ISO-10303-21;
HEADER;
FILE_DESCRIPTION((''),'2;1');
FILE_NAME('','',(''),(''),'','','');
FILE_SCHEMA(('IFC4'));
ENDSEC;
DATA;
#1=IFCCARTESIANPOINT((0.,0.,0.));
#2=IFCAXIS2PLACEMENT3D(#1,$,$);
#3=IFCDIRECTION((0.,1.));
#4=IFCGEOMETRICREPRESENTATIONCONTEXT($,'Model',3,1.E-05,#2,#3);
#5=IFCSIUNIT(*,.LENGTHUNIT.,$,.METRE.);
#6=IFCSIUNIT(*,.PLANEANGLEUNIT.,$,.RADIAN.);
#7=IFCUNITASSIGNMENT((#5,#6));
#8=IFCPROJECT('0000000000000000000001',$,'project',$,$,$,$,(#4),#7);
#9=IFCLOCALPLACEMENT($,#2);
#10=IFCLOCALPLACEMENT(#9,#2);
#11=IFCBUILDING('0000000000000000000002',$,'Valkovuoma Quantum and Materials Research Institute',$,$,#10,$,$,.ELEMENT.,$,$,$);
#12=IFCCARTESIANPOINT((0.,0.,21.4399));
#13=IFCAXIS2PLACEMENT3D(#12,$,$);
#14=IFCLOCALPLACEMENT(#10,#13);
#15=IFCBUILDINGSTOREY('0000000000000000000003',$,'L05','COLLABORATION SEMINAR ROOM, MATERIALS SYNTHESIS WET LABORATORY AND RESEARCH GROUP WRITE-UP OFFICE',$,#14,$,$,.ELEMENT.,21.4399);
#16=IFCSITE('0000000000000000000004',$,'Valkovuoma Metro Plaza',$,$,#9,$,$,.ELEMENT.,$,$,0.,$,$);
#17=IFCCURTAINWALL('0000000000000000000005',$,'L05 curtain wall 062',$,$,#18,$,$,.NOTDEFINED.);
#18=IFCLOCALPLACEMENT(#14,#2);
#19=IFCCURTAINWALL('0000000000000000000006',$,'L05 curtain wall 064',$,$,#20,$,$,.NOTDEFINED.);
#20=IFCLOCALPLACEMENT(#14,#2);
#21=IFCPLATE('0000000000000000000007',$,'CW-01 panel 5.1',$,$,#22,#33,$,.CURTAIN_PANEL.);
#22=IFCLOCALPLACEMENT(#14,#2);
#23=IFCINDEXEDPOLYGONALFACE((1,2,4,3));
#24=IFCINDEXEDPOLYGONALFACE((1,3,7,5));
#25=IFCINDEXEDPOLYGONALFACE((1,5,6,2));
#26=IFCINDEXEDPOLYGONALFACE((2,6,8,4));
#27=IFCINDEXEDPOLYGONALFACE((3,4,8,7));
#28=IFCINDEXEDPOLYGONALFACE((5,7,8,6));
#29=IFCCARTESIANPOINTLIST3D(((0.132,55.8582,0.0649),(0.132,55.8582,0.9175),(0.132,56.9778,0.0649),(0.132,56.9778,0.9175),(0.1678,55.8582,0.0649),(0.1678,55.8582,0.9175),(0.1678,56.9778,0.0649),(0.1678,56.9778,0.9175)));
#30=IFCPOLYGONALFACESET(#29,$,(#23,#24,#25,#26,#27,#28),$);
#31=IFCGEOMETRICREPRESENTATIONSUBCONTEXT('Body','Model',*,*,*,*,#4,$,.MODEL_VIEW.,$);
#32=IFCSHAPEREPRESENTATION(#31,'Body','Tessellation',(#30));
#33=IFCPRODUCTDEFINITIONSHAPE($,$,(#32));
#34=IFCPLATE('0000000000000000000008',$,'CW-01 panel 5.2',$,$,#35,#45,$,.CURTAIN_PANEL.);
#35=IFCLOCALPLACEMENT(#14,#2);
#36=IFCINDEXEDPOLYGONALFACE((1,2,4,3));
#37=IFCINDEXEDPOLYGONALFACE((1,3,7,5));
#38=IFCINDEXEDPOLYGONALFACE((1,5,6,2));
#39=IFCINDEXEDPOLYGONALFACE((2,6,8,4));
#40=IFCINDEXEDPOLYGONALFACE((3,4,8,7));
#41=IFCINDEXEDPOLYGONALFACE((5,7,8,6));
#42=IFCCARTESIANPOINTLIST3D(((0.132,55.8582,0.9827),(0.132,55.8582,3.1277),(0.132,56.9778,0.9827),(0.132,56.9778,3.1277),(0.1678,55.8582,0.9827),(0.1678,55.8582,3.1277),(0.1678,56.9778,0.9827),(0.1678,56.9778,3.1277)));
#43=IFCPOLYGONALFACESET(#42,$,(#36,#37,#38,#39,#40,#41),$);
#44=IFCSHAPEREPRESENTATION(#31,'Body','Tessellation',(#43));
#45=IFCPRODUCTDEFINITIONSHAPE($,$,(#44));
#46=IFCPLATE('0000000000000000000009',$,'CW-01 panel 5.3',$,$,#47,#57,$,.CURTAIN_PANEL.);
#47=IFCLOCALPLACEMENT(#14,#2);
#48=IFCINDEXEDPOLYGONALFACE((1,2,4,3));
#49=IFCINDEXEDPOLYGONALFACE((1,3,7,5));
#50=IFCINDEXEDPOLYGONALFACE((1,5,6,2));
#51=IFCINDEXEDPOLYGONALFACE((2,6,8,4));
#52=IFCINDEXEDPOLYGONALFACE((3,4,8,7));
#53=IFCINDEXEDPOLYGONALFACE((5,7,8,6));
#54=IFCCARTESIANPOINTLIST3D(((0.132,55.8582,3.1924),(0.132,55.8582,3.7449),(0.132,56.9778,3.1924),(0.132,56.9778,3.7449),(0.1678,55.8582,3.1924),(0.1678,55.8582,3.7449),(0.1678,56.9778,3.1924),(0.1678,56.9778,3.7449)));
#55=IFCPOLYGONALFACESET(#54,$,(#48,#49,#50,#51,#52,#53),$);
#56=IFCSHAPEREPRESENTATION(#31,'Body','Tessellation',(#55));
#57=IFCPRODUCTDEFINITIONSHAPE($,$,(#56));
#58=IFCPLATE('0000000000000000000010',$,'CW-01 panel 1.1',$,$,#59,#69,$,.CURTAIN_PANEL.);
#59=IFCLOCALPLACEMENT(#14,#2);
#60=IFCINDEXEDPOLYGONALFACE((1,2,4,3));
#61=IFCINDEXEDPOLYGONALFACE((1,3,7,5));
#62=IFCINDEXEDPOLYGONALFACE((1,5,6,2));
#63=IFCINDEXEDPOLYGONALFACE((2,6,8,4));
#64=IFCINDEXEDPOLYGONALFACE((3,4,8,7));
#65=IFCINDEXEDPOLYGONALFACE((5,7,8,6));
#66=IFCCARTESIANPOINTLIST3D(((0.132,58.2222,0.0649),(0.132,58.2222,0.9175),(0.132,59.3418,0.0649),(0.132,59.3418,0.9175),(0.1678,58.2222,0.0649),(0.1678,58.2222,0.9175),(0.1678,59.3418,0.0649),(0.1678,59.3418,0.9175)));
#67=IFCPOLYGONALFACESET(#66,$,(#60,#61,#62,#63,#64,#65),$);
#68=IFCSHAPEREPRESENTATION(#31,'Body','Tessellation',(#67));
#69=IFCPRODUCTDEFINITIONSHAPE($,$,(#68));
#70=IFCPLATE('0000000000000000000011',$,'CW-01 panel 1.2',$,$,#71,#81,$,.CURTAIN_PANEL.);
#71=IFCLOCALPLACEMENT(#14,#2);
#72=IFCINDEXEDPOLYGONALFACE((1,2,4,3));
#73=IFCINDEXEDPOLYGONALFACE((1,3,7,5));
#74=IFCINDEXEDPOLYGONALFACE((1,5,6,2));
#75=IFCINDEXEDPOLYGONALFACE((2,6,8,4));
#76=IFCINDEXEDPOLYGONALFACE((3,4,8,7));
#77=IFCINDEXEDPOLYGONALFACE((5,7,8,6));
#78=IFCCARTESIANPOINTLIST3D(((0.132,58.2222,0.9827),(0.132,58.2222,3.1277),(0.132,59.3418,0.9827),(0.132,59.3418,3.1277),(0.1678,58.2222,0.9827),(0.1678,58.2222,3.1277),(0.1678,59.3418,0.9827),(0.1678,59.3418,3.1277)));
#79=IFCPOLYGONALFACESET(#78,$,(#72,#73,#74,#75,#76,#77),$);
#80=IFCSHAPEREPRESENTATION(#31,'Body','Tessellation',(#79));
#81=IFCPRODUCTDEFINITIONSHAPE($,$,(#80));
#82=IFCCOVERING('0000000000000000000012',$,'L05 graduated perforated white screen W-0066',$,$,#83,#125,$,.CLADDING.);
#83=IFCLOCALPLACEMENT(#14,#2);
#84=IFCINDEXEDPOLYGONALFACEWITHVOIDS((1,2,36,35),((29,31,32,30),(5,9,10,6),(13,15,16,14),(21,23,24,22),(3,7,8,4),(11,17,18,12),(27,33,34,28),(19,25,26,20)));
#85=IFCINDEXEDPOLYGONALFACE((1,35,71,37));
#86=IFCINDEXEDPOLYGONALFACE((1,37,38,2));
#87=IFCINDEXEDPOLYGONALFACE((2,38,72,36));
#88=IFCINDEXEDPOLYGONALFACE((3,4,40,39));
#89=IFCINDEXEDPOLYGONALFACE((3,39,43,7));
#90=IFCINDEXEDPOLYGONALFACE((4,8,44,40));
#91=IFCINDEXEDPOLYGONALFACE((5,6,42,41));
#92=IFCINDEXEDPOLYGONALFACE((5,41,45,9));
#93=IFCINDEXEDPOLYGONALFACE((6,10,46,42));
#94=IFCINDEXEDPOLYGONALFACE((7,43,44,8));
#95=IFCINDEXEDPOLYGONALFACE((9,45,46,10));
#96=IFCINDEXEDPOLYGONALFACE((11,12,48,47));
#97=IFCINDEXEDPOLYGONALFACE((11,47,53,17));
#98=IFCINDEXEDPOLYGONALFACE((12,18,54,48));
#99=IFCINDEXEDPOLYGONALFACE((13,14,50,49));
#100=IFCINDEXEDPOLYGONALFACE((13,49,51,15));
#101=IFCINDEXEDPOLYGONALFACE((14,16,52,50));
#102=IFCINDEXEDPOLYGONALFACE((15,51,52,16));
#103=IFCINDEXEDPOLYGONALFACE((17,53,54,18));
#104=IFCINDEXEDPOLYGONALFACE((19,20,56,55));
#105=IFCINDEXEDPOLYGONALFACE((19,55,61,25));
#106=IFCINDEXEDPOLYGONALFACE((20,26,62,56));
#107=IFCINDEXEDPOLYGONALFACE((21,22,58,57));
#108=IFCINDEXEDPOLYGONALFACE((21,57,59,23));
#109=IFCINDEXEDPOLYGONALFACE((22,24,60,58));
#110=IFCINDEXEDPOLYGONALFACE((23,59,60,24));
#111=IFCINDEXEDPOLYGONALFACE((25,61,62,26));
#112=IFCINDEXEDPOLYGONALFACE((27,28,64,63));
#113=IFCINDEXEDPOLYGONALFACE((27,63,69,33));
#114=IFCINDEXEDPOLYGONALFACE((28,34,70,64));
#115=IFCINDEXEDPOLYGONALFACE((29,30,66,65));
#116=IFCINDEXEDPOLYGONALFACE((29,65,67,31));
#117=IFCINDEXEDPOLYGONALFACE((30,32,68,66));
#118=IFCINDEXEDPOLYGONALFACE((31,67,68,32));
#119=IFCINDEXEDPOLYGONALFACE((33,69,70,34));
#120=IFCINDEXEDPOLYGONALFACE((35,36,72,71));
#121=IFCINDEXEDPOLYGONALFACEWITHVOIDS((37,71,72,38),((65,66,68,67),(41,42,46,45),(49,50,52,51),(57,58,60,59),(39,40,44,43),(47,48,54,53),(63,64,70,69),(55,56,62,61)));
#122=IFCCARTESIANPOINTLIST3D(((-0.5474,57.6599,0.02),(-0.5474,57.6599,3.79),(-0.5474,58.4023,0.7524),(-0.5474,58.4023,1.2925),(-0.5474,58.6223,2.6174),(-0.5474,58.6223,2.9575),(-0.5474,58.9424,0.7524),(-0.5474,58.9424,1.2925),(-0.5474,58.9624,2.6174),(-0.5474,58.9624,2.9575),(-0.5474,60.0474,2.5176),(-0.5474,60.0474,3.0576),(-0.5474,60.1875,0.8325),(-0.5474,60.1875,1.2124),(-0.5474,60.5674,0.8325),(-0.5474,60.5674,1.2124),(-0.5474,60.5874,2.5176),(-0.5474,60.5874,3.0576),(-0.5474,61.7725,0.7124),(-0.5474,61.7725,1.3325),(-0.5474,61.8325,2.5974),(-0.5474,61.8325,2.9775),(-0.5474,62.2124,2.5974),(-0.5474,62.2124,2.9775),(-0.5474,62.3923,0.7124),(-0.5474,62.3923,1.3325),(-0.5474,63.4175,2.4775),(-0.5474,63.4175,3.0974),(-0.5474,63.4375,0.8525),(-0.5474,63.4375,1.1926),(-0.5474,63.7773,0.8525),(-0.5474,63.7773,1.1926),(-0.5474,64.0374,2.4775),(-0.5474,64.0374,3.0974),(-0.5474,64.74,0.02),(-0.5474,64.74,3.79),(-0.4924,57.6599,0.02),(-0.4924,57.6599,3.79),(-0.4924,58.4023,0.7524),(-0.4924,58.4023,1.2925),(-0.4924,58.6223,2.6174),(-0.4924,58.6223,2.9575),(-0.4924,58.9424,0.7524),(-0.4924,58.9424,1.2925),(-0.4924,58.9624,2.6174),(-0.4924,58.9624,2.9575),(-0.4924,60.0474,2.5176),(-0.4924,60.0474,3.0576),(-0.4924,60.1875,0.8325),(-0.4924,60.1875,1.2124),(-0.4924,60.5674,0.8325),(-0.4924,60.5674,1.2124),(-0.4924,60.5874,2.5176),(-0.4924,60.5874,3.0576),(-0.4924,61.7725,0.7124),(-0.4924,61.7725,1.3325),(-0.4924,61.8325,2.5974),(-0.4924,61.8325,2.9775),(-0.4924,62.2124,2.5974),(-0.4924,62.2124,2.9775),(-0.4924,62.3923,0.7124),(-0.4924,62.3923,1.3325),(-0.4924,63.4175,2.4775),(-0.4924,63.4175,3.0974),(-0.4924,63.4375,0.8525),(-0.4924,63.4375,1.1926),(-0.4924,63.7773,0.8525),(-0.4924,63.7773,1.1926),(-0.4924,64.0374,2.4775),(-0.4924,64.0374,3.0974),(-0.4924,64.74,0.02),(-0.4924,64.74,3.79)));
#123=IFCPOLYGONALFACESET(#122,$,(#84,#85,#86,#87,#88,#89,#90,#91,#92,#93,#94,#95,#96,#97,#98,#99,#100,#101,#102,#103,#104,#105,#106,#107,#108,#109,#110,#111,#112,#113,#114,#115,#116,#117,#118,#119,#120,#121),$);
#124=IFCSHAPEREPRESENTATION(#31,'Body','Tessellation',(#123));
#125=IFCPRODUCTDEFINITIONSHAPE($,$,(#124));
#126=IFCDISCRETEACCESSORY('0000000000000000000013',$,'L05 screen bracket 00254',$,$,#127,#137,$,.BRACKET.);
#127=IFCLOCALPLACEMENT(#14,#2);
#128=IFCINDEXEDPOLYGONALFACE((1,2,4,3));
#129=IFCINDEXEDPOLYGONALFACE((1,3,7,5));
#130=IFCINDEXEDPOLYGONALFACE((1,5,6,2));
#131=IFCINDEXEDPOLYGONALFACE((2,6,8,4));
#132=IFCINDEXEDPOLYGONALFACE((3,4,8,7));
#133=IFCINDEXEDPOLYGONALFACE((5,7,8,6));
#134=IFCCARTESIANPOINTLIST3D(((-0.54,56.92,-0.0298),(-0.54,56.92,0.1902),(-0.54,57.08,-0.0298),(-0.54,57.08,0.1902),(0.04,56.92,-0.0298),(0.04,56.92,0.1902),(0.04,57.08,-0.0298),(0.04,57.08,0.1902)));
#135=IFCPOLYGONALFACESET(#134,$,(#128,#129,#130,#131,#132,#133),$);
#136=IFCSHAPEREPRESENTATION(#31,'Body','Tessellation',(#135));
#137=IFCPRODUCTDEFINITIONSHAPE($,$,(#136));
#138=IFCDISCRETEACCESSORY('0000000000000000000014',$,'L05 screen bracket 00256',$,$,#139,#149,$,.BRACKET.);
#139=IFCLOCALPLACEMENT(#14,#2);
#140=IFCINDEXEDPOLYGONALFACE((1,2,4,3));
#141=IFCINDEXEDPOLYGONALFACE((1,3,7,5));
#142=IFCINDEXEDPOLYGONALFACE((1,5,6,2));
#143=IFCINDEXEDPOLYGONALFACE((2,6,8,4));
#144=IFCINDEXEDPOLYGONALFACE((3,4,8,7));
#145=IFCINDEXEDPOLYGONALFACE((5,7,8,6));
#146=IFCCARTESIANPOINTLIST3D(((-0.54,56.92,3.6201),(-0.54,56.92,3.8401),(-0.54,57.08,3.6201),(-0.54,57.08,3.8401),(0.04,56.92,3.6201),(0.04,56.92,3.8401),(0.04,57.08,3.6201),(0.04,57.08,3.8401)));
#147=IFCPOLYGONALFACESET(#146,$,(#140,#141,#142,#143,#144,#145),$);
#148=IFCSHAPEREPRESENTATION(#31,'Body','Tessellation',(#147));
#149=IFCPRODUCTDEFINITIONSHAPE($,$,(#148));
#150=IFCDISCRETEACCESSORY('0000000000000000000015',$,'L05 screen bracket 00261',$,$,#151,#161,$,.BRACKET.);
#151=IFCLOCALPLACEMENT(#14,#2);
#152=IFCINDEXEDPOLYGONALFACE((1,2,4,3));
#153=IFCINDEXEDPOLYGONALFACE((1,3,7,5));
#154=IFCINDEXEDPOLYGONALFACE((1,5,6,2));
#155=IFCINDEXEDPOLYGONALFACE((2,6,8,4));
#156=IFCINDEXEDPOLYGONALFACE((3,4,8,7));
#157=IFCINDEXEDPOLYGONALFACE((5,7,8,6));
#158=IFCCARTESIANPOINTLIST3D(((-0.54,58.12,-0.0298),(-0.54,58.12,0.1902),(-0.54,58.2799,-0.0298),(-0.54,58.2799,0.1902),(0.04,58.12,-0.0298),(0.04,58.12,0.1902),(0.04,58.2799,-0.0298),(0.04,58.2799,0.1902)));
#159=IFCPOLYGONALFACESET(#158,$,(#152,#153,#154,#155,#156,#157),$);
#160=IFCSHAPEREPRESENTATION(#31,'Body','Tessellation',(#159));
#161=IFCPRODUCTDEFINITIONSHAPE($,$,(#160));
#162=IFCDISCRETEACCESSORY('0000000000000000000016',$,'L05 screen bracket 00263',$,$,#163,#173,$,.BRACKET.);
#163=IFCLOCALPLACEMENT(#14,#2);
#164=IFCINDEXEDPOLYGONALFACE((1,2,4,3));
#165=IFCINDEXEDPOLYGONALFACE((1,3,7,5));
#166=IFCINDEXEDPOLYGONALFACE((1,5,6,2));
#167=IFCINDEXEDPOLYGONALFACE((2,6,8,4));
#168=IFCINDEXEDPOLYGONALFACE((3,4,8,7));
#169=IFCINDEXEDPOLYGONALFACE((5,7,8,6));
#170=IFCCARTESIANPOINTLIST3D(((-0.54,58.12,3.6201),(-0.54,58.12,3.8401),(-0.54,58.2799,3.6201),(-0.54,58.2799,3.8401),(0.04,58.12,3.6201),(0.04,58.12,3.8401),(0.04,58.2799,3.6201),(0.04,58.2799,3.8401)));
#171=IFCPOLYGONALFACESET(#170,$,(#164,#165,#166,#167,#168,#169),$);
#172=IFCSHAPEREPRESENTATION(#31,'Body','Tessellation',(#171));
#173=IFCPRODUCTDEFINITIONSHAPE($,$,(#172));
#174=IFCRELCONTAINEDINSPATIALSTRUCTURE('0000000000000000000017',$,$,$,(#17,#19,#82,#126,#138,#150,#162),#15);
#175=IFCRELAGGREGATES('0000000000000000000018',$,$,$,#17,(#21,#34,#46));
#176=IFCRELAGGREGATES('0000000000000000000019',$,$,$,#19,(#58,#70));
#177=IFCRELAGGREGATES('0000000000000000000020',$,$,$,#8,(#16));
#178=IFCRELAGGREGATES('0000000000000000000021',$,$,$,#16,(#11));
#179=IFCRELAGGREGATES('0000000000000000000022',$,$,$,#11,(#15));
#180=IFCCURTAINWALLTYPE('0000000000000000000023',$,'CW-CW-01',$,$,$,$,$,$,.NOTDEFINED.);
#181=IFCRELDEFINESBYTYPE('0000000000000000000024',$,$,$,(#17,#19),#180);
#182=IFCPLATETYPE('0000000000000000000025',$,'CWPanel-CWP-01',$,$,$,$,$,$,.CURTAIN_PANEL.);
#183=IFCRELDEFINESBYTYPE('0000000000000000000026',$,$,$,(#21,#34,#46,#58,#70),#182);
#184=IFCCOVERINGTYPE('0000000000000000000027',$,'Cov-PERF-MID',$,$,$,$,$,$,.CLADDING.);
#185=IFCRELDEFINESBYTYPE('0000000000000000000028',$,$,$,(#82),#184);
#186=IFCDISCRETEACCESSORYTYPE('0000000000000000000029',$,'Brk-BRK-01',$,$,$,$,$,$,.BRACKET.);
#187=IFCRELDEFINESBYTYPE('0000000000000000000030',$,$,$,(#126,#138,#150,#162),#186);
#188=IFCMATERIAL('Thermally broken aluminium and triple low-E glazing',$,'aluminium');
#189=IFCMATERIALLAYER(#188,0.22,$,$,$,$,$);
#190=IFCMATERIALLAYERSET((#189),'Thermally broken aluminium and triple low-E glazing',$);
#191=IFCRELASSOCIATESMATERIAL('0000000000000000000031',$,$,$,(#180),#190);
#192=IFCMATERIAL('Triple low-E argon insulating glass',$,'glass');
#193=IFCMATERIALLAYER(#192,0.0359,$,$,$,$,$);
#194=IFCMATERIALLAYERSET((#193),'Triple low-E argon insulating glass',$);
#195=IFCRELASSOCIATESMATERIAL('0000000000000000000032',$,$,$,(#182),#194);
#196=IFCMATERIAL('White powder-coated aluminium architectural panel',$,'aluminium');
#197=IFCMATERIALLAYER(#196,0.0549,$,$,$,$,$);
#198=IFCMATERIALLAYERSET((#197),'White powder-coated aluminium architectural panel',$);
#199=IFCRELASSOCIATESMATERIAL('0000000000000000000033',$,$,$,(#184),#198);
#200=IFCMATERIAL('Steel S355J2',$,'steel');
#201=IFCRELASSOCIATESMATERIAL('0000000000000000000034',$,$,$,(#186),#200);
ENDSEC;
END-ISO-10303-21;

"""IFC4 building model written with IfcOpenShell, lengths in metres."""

from ifc_helpers import new_model, si_unit, direction, frame, origin, origin_2d, place, context, subcontext, project, spatial, polyline, rectangle, outline, extrude, material, layer, layer_set, type_object, element, aggregate, save


model = new_model("IFC4")

# Units and contexts
model_context = context("Model", 3, precision=1e-05, world=origin(), true_north=direction((0.0, 1.0)))
body_context = subcontext(model_context, "Body", "Model", "MODEL_VIEW")
ifc_project = project(units=[si_unit("LENGTHUNIT", "METRE"), si_unit("PLANEANGLEUNIT", "RADIAN")], contexts=[model_context])

# Site, building, storey
site_placement = place(None, origin())
site = spatial("IfcSite", under=ifc_project, at=site_placement, Name="Valkovuoma Metro Plaza", CompositionType="ELEMENT", RefElevation=0.0)
building_placement = place(site_placement, origin())
building = spatial("IfcBuilding", under=site, at=building_placement, Name="Valkovuoma Quantum and Materials Research Institute", CompositionType="ELEMENT")
storey_placement = place(building_placement, frame((0.0, 0.0, 21.4399)))
storey = spatial("IfcBuildingStorey", under=building, at=storey_placement, Name="L05", Description="COLLABORATION SEMINAR ROOM, MATERIALS SYNTHESIS WET LABORATORY AND RESEARCH GROUP WRITE-UP OFFICE", CompositionType="ELEMENT", Elevation=21.4399)

# Curtain walls
ifc_material_1 = material(Name="Thermally broken aluminium and triple low-E glazing", Category="aluminium")
ifc_layer_1 = layer(ifc_material_1, 0.22)
ifc_layer_set_1 = layer_set([ifc_layer_1], Name="Thermally broken aluminium and triple low-E glazing")
curtain_wall_type = type_object("IfcCurtainWallType", Name="CW-CW-01", PredefinedType="NOTDEFINED", material=ifc_layer_set_1)
curtain_wall_1_placement = place(storey_placement, origin())
curtain_wall_1 = element("IfcCurtainWall", 1, at=curtain_wall_1_placement, inside=storey, type_object=curtain_wall_type, Name="L05 curtain wall 062", PredefinedType="NOTDEFINED")
curtain_wall_2_placement = place(storey_placement, origin())
curtain_wall_2 = element("IfcCurtainWall", 2, at=curtain_wall_2_placement, inside=storey, type_object=curtain_wall_type, Name="L05 curtain wall 064", PredefinedType="NOTDEFINED")

# Plates
ifc_material_2 = material(Name="Triple low-E argon insulating glass", Category="glass")
ifc_layer_2 = layer(ifc_material_2, 0.0359)
ifc_layer_set_2 = layer_set([ifc_layer_2], Name="Triple low-E argon insulating glass")
plate_type = type_object("IfcPlateType", Name="CWPanel-CWP-01", PredefinedType="CURTAIN_PANEL", material=ifc_layer_set_2)
plate_1_placement = place(storey_placement, frame((0.1499, 56.418, 0.0649), z_axis=(0.0, 0.0, 1.0), x_axis=(0.0, 1.0, 0.0)))
plate_1 = element("IfcPlate", 3, at=plate_1_placement, type_object=plate_type, Name="CW-01 panel 5.1", PredefinedType="CURTAIN_PANEL", context=body_context, shape_type="SweptSolid", body=[
    extrude(rectangle(XDim=1.1196, YDim=0.0359, at=origin_2d()), origin(), (0.0, 0.0, 1.0), 0.8525),
])
plate_2_placement = place(storey_placement, frame((0.1499, 56.418, 0.9827), z_axis=(0.0, 0.0, 1.0), x_axis=(0.0, 1.0, 0.0)))
plate_2 = element("IfcPlate", 4, at=plate_2_placement, type_object=plate_type, Name="CW-01 panel 5.2", PredefinedType="CURTAIN_PANEL", context=body_context, shape_type="SweptSolid", body=[
    extrude(rectangle(XDim=1.1196, YDim=0.0359, at=origin_2d()), origin(), (0.0, 0.0, 1.0), 2.145),
])
plate_3_placement = place(storey_placement, frame((0.1499, 56.418, 3.1924), z_axis=(0.0, 0.0, 1.0), x_axis=(0.0, 1.0, 0.0)))
plate_3 = element("IfcPlate", 5, at=plate_3_placement, type_object=plate_type, Name="CW-01 panel 5.3", PredefinedType="CURTAIN_PANEL", context=body_context, shape_type="SweptSolid", body=[
    extrude(rectangle(XDim=1.1196, YDim=0.0359, at=origin_2d()), origin(), (0.0, 0.0, 1.0), 0.5525),
])
aggregate(curtain_wall_1, [plate_1, plate_2, plate_3])
plate_4_placement = place(storey_placement, frame((0.1499, 58.782, 0.0649), z_axis=(0.0, 0.0, 1.0), x_axis=(0.0, 1.0, 0.0)))
plate_4 = element("IfcPlate", 6, at=plate_4_placement, type_object=plate_type, Name="CW-01 panel 1.1", PredefinedType="CURTAIN_PANEL", context=body_context, shape_type="SweptSolid", body=[
    extrude(rectangle(XDim=1.1196, YDim=0.0359, at=origin_2d()), origin(), (0.0, 0.0, 1.0), 0.8525),
])
plate_5_placement = place(storey_placement, frame((0.1499, 58.782, 0.9827), z_axis=(0.0, 0.0, 1.0), x_axis=(0.0, 1.0, 0.0)))
plate_5 = element("IfcPlate", 7, at=plate_5_placement, type_object=plate_type, Name="CW-01 panel 1.2", PredefinedType="CURTAIN_PANEL", context=body_context, shape_type="SweptSolid", body=[
    extrude(rectangle(XDim=1.1196, YDim=0.0359, at=origin_2d()), origin(), (0.0, 0.0, 1.0), 2.145),
])
aggregate(curtain_wall_2, [plate_4, plate_5])

# Covering
ifc_material_3 = material(Name="White powder-coated aluminium architectural panel", Category="aluminium")
ifc_layer_3 = layer(ifc_material_3, 0.0549)
ifc_layer_set_3 = layer_set([ifc_layer_3], Name="White powder-coated aluminium architectural panel")
covering_type = type_object("IfcCoveringType", Name="Cov-PERF-MID", PredefinedType="CLADDING", material=ifc_layer_set_3)
covering_placement = place(storey_placement, frame((-0.52, 57.6599, 0.02), z_axis=(0.0, 0.0, 1.0), x_axis=(0.0, 1.0, 0.0)))
element("IfcCovering", 8, at=covering_placement, inside=storey, type_object=covering_type, Name="L05 graduated perforated white screen W-0066", PredefinedType="CLADDING", context=body_context, shape_type="SweptSolid", body=[
    extrude(outline(polyline([(0.0, 0.0), (7.0801, 0.0), (7.0801, 3.77), (0.0, 3.77), (0.0, 0.0)]), holes=[polyline([(0.7424, 0.7324), (0.7424, 1.2725), (1.2825, 1.2725), (1.2825, 0.7324), (0.7424, 0.7324)]), polyline([(0.9624, 2.5974), (0.9624, 2.9375), (1.3025, 2.9375), (1.3025, 2.5974), (0.9624, 2.5974)]), polyline([(2.5276, 0.8125), (2.5276, 1.1924), (2.9075, 1.1924), (2.9075, 0.8125), (2.5276, 0.8125)]), polyline([(2.3875, 2.4976), (2.3875, 3.0376), (2.9275, 3.0376), (2.9275, 2.4976), (2.3875, 2.4976)]), polyline([(4.1125, 0.6924), (4.1125, 1.3125), (4.7324, 1.3125), (4.7324, 0.6924), (4.1125, 0.6924)]), polyline([(4.1726, 2.5774), (4.1726, 2.9575), (4.5525, 2.9575), (4.5525, 2.5774), (4.1726, 2.5774)]), polyline([(5.7776, 0.8325), (5.7776, 1.1726), (6.1174, 1.1726), (6.1174, 0.8325), (5.7776, 0.8325)]), polyline([(5.7576, 2.4575), (5.7576, 3.0774), (6.3774, 3.0774), (6.3774, 2.4575), (5.7576, 2.4575)])]), frame((0.0, 0.0273, 0.0), z_axis=(0.0, -1.0, 0.0), x_axis=(1.0, 0.0, 0.0)), (0.0, 0.0, 1.0), 0.0549),
])

# Discrete accessories
ifc_material_4 = material(Name="Steel S355J2", Category="steel")
discrete_accessory_type = type_object("IfcDiscreteAccessoryType", Name="Brk-BRK-01", PredefinedType="BRACKET", material=ifc_material_4)
for number, where, z_axis, x_axis, name in (
    (9, (-0.25, 57.0, -0.0298), (0.0, 0.0, 1.0), (1.0, 0.0, 0.0), "L05 screen bracket 00254"),
    (10, (-0.25, 57.0, 3.6201), (0.0, 0.0, 1.0), (1.0, 0.0, 0.0), "L05 screen bracket 00256"),
    (11, (-0.25, 58.2, -0.0298), (0.0, 0.0, 1.0), (1.0, 0.0, 0.0), "L05 screen bracket 00261"),
    (12, (-0.25, 58.2, 3.6201), (0.0, 0.0, 1.0), (1.0, 0.0, 0.0), "L05 screen bracket 00263"),
):
    element("IfcDiscreteAccessory", number, at=place(storey_placement, frame(where, z_axis=z_axis, x_axis=x_axis)), inside=storey, type_object=discrete_accessory_type, Name=name, PredefinedType="BRACKET", context=body_context, shape_type="SweptSolid", body=[
        extrude(rectangle(XDim=0.5801, YDim=0.1599, at=origin_2d()), origin(), (0.0, 0.0, 1.0), 0.22),
    ])

save(model, "model.ifc")
